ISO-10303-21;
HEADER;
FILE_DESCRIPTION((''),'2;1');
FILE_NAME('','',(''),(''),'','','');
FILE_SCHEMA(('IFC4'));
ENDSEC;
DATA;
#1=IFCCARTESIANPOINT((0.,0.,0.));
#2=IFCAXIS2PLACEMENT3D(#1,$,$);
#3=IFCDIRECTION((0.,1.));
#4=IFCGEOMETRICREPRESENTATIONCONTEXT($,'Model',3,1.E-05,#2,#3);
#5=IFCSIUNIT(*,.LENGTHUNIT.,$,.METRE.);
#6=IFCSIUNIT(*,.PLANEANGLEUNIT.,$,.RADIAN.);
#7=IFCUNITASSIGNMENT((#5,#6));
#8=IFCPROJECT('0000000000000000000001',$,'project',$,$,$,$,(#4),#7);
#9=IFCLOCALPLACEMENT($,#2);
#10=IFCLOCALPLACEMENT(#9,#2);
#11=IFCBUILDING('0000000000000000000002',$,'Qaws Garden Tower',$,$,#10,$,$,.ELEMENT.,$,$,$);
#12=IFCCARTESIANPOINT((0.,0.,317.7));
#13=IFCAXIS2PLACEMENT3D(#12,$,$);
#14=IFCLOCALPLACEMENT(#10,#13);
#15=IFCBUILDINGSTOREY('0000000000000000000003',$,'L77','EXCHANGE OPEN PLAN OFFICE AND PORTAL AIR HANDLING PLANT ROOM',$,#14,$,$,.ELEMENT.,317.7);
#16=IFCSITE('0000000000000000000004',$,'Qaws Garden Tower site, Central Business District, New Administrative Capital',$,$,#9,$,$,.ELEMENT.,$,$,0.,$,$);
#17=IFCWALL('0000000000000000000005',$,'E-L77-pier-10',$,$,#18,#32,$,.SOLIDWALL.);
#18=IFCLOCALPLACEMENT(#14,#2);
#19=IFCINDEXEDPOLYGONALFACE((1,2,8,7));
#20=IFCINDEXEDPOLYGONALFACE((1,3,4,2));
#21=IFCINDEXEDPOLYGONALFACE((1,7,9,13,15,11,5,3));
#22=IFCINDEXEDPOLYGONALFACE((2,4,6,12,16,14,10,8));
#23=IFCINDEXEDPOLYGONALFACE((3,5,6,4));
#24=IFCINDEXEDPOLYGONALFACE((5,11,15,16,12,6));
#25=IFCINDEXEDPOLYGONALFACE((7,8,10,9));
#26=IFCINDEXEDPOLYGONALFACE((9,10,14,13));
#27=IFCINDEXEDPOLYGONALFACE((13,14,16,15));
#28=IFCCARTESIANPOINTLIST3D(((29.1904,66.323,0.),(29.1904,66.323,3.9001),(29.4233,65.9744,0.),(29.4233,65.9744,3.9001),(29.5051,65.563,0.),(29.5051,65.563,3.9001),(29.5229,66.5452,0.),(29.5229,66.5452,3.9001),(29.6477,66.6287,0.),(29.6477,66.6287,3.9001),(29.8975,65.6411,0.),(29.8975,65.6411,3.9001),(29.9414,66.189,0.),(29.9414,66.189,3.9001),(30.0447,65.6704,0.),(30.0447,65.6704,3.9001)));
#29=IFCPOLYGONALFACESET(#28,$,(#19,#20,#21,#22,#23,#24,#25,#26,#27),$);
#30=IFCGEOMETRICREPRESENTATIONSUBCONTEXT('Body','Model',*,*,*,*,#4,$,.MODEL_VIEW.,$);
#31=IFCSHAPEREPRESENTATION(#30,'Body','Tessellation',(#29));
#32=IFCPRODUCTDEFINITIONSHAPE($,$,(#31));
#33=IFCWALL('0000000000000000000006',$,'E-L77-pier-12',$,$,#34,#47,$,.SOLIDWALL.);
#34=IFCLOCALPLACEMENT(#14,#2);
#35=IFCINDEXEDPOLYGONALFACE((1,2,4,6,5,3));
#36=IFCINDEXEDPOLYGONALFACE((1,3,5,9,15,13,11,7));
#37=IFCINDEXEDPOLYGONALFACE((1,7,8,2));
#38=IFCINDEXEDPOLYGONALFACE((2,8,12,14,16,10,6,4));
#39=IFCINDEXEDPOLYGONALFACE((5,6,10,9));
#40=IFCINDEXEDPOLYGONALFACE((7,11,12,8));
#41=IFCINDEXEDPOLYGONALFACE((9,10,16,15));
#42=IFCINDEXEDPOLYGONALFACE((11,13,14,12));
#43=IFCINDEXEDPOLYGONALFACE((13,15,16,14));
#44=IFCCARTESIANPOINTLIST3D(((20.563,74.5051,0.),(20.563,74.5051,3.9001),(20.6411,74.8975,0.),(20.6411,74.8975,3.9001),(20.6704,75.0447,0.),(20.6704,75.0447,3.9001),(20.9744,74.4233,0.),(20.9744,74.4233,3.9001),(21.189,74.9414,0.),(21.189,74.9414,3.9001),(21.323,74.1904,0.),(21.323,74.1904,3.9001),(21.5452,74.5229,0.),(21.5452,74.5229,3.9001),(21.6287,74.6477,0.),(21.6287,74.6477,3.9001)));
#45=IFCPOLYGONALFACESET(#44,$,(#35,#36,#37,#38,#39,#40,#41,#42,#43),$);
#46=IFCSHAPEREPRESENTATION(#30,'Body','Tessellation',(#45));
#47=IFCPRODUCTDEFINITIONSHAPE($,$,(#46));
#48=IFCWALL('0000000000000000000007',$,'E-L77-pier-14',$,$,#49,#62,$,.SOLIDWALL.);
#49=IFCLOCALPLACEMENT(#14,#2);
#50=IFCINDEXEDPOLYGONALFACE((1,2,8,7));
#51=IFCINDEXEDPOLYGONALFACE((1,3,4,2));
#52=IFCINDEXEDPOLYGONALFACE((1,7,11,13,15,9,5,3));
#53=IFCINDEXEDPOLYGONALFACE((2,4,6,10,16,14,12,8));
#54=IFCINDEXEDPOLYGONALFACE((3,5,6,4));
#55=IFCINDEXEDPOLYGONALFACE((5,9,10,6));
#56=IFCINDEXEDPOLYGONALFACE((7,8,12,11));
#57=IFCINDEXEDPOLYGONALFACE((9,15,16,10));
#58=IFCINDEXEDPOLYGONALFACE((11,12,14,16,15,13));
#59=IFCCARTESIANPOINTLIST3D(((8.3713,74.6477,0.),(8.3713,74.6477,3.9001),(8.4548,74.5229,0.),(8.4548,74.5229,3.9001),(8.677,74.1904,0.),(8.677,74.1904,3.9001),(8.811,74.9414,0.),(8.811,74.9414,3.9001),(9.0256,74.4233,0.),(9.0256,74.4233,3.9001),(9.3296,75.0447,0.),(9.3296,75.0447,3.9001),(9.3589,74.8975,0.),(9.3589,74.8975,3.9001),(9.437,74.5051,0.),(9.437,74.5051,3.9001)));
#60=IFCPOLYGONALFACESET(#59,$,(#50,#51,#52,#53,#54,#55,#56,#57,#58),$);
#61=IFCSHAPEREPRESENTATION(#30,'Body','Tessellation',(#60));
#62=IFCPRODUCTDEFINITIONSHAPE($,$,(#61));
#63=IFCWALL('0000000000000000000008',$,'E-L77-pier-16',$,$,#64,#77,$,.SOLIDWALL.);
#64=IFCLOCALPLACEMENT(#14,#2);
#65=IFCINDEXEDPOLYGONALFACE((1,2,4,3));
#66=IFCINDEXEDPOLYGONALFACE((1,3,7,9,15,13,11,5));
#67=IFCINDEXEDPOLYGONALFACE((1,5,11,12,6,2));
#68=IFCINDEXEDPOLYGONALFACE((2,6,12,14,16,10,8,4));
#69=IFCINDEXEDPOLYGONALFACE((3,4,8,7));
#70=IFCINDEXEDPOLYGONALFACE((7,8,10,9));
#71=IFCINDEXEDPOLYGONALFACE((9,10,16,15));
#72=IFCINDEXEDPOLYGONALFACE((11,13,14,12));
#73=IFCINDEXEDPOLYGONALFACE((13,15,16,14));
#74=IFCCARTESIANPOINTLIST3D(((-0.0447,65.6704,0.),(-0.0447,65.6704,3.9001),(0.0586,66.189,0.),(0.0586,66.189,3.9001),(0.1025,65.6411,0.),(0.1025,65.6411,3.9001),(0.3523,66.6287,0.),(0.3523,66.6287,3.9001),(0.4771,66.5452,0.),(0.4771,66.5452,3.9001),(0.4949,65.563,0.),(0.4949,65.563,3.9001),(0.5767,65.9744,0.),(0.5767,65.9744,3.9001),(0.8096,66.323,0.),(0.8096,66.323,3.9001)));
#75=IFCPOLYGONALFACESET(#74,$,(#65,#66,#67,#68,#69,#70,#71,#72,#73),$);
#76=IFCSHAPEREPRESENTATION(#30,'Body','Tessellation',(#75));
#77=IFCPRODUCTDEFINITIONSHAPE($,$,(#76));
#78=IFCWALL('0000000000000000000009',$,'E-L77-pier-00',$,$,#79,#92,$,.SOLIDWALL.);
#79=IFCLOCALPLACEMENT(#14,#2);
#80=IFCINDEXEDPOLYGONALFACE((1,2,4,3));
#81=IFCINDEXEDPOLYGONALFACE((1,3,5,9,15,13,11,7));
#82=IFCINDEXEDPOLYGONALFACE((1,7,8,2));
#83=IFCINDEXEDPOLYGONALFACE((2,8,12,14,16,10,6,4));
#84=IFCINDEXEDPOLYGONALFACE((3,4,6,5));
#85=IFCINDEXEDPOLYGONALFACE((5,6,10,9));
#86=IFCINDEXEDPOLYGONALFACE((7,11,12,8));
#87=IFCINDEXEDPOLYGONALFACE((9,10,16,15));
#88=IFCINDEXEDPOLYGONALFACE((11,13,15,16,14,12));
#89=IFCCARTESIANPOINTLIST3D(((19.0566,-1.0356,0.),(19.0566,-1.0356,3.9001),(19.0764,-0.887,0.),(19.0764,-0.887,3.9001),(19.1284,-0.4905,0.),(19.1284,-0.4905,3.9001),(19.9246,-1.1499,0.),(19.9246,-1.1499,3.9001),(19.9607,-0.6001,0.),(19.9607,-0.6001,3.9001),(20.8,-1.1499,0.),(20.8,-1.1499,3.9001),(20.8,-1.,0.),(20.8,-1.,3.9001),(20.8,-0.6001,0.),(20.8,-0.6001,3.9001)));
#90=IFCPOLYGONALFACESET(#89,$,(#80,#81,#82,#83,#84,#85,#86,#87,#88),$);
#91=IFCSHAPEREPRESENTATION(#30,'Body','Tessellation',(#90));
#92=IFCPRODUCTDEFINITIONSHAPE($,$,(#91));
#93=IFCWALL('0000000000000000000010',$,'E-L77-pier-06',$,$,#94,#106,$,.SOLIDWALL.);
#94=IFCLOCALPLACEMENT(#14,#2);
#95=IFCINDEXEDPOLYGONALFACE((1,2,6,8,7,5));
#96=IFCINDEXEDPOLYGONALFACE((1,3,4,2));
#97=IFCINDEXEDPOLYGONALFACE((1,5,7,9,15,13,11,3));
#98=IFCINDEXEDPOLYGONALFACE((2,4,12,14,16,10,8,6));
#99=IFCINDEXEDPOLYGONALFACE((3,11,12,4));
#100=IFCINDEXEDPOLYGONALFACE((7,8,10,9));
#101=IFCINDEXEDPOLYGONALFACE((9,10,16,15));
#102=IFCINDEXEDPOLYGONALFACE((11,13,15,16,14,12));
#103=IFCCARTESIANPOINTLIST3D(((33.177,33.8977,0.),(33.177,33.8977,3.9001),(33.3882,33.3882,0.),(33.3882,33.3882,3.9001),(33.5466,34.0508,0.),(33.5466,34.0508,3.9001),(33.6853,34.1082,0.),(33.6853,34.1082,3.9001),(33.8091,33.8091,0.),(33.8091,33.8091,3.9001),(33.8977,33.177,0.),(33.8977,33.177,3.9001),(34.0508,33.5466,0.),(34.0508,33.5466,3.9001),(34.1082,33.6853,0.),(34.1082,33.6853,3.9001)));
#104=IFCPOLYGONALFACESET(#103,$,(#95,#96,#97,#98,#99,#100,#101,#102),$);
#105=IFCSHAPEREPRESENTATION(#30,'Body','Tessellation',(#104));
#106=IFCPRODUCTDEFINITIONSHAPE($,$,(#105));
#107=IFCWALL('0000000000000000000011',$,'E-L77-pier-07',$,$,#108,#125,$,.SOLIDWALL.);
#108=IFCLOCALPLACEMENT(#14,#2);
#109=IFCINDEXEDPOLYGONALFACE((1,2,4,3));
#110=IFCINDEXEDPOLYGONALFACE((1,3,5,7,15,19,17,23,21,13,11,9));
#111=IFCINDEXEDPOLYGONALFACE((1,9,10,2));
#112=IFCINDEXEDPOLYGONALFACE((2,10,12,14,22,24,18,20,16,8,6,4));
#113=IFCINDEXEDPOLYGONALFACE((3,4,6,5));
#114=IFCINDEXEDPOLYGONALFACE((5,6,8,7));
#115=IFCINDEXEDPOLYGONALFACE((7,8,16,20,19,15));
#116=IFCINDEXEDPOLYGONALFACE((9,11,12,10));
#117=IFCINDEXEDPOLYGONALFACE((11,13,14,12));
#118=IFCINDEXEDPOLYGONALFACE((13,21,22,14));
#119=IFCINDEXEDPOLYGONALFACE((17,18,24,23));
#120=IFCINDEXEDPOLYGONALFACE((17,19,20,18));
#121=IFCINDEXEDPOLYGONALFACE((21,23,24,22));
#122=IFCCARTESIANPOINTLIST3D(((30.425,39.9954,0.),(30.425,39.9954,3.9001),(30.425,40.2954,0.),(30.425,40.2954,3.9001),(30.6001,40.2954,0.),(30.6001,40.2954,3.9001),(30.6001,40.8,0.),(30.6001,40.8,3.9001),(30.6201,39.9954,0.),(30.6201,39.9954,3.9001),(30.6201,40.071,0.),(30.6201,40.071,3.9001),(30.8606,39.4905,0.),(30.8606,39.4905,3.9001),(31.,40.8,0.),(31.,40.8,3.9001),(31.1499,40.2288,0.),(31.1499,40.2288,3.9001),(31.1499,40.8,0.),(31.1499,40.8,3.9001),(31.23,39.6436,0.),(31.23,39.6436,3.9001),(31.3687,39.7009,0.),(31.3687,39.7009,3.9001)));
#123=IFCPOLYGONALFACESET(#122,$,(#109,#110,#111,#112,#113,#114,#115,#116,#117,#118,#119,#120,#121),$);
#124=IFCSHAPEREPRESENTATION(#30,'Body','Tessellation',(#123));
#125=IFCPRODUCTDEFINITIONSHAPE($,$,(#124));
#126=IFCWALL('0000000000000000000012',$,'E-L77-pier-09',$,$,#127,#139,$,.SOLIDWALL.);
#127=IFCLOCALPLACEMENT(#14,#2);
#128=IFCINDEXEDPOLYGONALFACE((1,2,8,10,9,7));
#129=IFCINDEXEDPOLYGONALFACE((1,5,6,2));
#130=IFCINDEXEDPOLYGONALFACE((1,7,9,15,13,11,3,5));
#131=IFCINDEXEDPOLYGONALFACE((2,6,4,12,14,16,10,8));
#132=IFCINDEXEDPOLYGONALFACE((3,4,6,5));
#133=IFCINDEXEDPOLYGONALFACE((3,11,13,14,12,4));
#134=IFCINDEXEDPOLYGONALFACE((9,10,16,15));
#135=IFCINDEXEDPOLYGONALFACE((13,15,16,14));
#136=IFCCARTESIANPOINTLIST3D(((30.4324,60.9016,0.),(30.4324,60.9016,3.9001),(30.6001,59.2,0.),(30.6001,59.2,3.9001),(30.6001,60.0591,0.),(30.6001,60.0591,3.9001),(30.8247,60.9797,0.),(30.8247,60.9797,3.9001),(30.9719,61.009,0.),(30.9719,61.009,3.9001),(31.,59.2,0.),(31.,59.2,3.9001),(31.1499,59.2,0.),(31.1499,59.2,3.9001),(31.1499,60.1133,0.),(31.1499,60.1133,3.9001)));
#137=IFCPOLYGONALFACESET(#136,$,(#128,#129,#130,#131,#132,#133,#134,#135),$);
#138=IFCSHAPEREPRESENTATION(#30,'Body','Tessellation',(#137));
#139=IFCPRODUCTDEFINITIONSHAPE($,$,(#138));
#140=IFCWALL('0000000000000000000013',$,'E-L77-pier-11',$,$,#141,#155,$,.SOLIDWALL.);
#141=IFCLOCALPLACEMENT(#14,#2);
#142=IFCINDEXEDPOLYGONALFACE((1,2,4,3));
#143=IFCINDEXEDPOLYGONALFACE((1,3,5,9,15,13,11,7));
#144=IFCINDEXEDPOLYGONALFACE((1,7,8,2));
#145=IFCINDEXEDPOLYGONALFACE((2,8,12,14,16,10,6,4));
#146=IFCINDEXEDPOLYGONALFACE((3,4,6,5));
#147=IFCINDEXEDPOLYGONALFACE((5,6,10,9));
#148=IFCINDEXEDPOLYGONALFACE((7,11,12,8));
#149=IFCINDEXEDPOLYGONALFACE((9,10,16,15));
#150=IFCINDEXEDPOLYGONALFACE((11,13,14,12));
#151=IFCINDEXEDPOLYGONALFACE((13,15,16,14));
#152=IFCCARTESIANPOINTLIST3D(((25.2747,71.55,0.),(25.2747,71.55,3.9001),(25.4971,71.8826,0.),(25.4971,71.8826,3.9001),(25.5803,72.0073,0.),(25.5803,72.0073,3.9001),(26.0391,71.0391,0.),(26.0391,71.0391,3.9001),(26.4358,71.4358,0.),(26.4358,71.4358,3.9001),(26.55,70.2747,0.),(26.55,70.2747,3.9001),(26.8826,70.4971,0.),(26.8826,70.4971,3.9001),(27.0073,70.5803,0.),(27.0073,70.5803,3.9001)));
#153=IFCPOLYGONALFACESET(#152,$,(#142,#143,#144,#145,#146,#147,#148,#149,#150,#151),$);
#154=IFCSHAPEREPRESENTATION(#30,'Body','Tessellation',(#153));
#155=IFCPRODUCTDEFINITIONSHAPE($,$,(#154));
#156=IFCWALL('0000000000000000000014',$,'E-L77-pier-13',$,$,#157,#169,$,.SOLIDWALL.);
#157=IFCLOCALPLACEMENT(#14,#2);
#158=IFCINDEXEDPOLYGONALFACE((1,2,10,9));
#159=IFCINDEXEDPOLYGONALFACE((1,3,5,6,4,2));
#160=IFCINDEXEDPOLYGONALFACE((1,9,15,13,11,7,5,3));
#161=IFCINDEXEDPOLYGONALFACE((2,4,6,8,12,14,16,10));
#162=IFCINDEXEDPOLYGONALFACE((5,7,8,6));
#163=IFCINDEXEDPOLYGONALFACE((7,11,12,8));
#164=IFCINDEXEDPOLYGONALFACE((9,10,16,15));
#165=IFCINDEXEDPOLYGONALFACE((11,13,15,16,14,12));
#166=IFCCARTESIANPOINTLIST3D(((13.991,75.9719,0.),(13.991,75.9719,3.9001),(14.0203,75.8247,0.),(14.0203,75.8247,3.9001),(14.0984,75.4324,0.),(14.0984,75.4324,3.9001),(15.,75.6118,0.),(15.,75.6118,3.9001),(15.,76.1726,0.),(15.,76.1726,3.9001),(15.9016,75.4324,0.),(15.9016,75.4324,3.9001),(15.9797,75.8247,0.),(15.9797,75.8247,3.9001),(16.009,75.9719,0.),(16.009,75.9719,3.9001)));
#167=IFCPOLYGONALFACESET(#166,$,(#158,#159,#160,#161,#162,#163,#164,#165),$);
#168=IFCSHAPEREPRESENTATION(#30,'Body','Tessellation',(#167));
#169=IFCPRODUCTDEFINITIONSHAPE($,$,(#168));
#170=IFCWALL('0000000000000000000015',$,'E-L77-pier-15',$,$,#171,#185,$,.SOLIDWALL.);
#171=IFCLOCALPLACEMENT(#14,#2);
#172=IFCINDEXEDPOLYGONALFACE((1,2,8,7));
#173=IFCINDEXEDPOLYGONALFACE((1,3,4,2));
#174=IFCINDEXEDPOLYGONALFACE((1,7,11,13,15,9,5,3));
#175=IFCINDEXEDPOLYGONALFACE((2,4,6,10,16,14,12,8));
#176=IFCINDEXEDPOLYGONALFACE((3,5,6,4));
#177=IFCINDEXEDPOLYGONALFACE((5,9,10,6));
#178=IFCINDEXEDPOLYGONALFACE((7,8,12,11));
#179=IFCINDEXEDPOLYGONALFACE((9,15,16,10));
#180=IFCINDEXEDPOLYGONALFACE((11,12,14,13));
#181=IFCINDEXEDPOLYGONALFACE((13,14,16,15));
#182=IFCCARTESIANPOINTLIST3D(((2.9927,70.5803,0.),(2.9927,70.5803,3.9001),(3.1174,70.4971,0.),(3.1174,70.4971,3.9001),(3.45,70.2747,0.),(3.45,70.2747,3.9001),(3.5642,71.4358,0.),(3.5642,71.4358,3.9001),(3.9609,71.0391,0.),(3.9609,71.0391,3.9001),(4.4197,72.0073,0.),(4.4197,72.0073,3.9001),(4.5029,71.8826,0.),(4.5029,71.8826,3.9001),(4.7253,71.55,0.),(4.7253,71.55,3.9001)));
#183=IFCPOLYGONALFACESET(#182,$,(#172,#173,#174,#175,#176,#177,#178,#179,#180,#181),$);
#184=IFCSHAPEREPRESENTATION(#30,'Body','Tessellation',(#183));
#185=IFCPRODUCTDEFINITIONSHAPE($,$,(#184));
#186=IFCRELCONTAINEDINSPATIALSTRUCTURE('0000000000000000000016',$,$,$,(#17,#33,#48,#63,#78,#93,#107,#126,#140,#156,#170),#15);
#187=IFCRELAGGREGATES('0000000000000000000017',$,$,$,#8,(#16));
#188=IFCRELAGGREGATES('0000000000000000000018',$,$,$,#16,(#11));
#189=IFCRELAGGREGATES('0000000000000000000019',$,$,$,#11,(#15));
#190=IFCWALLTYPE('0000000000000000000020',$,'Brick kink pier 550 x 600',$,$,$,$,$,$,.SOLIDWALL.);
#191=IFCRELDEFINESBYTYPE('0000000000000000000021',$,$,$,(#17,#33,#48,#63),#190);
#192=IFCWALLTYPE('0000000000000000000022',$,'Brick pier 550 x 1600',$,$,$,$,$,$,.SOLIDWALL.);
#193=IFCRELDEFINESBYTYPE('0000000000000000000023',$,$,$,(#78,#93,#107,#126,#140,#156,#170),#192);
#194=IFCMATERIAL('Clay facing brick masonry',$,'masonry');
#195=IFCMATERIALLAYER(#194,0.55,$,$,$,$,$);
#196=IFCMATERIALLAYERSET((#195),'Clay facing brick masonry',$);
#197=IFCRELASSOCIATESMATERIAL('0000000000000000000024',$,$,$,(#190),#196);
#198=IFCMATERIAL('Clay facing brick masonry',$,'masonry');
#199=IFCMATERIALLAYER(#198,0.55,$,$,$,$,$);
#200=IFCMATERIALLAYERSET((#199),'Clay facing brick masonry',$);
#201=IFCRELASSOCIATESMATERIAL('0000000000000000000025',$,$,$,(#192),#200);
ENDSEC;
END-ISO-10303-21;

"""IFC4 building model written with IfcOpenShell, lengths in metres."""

from ifc_helpers import new_model, si_unit, direction, frame, origin, place, context, subcontext, project, spatial, polyline, outline, extrude, material, layer, layer_set, type_object, element, save


model = new_model("IFC4")

# Units and contexts
model_context = context("Model", 3, precision=1e-05, world=origin(), true_north=direction((0.0, 1.0)))
body_context = subcontext(model_context, "Body", "Model", "MODEL_VIEW")
ifc_project = project(units=[si_unit("LENGTHUNIT", "METRE"), si_unit("PLANEANGLEUNIT", "RADIAN")], contexts=[model_context])

# Site, building, storey
site_placement = place(None, origin())
site = spatial("IfcSite", under=ifc_project, at=site_placement, Name="Qaws Garden Tower site, Central Business District, New Administrative Capital", CompositionType="ELEMENT", RefElevation=0.0)
building_placement = place(site_placement, origin())
building = spatial("IfcBuilding", under=site, at=building_placement, Name="Qaws Garden Tower", CompositionType="ELEMENT")
storey_placement = place(building_placement, frame((0.0, 0.0, 317.7)))
storey = spatial("IfcBuildingStorey", under=building, at=storey_placement, Name="L77", Description="EXCHANGE OPEN PLAN OFFICE AND PORTAL AIR HANDLING PLANT ROOM", CompositionType="ELEMENT", Elevation=317.7)

# Walls
placement_1 = place(storey_placement, origin())
ifc_material_1 = material(Name="Clay facing brick masonry", Category="masonry")
ifc_layer_1 = layer(ifc_material_1, 0.55)
ifc_layer_set_1 = layer_set([ifc_layer_1], Name="Clay facing brick masonry")
wall_type_1 = type_object("IfcWallType", Name="Brick kink pier 550 x 600", PredefinedType="SOLIDWALL", material=ifc_layer_set_1)
element("IfcWall", 1, at=placement_1, inside=storey, type_object=wall_type_1, Name="E-L77-pier-10", PredefinedType="SOLIDWALL", context=body_context, shape_type="SweptSolid", body=[
    extrude(outline(polyline([(29.8975, 65.6411), (30.0447, 65.6704), (29.9414, 66.189), (29.6477, 66.6287), (29.5229, 66.5452), (29.1904, 66.323), (29.4233, 65.9744), (29.5051, 65.563), (29.8975, 65.6411)])), origin(), (0.0, 0.0, 1.0), 3.9001),
])
element("IfcWall", 2, at=placement_1, inside=storey, type_object=wall_type_1, Name="E-L77-pier-12", PredefinedType="SOLIDWALL", context=body_context, shape_type="SweptSolid", body=[
    extrude(outline(polyline([(21.5452, 74.5229), (21.6287, 74.6477), (21.189, 74.9414), (20.6704, 75.0447), (20.6411, 74.8975), (20.563, 74.5051), (20.9744, 74.4233), (21.323, 74.1904), (21.5452, 74.5229)])), origin(), (0.0, 0.0, 1.0), 3.9001),
])
element("IfcWall", 3, at=placement_1, inside=storey, type_object=wall_type_1, Name="E-L77-pier-14", PredefinedType="SOLIDWALL", context=body_context, shape_type="SweptSolid", body=[
    extrude(outline(polyline([(9.3589, 74.8975), (9.3296, 75.0447), (8.811, 74.9414), (8.3713, 74.6477), (8.4548, 74.5229), (8.677, 74.1904), (9.0256, 74.4233), (9.437, 74.5051), (9.3589, 74.8975)])), origin(), (0.0, 0.0, 1.0), 3.9001),
])
element("IfcWall", 4, at=placement_1, inside=storey, type_object=wall_type_1, Name="E-L77-pier-16", PredefinedType="SOLIDWALL", context=body_context, shape_type="SweptSolid", body=[
    extrude(outline(polyline([(0.4771, 66.5452), (0.3523, 66.6287), (0.0586, 66.189), (-0.0447, 65.6704), (0.1025, 65.6411), (0.4949, 65.563), (0.5767, 65.9744), (0.8096, 66.323), (0.4771, 66.5452)])), origin(), (0.0, 0.0, 1.0), 3.9001),
])
ifc_material_2 = material(Name="Clay facing brick masonry", Category="masonry")
ifc_layer_2 = layer(ifc_material_2, 0.55)
ifc_layer_set_2 = layer_set([ifc_layer_2], Name="Clay facing brick masonry")
wall_type_2 = type_object("IfcWallType", Name="Brick pier 550 x 1600", PredefinedType="SOLIDWALL", material=ifc_layer_set_2)
element("IfcWall", 5, at=placement_1, inside=storey, type_object=wall_type_2, Name="E-L77-pier-00", PredefinedType="SOLIDWALL", context=body_context, shape_type="SweptSolid", body=[
    extrude(outline(polyline([(19.0764, -0.887), (19.0566, -1.0356), (19.9246, -1.1499), (20.8, -1.1499), (20.8, -1.0), (20.8, -0.6001), (19.9607, -0.6001), (19.1284, -0.4905), (19.0764, -0.887)])), origin(), (0.0, 0.0, 1.0), 3.9001),
])
element("IfcWall", 6, at=placement_1, inside=storey, type_object=wall_type_2, Name="E-L77-pier-06", PredefinedType="SOLIDWALL", context=body_context, shape_type="SweptSolid", body=[
    extrude(outline(polyline([(34.0508, 33.5466), (34.1082, 33.6853), (33.8091, 33.8091), (33.6853, 34.1082), (33.5466, 34.0508), (33.177, 33.8977), (33.3882, 33.3882), (33.8977, 33.177), (34.0508, 33.5466)])), origin(), (0.0, 0.0, 1.0), 3.9001),
])
element("IfcWall", 7, at=placement_1, inside=storey, type_object=wall_type_2, Name="E-L77-pier-07", PredefinedType="SOLIDWALL", context=body_context, shape_type="SweptSolid", body=[
    extrude(outline(polyline([(30.6201, 39.9954), (30.6201, 40.071), (30.8606, 39.4905), (31.23, 39.6436), (31.3687, 39.7009), (31.1499, 40.2288), (31.1499, 40.8), (31.0, 40.8), (30.6001, 40.8), (30.6001, 40.2954), (30.425, 40.2954), (30.425, 39.9954), (30.6201, 39.9954)])), origin(), (0.0, 0.0, 1.0), 3.9001),
])
element("IfcWall", 8, at=placement_1, inside=storey, type_object=wall_type_2, Name="E-L77-pier-09", PredefinedType="SOLIDWALL", context=body_context, shape_type="SweptSolid", body=[
    extrude(outline(polyline([(31.0, 59.2), (31.1499, 59.2), (31.1499, 60.1133), (30.9719, 61.009), (30.8247, 60.9797), (30.4324, 60.9016), (30.6001, 60.0591), (30.6001, 59.2), (31.0, 59.2)])), origin(), (0.0, 0.0, 1.0), 3.9001),
])
element("IfcWall", 9, at=placement_1, inside=storey, type_object=wall_type_2, Name="E-L77-pier-11", PredefinedType="SOLIDWALL", context=body_context, shape_type="SweptSolid", body=[
    extrude(outline(polyline([(26.8826, 70.4971), (27.0073, 70.5803), (26.4358, 71.4358), (25.5803, 72.0073), (25.4971, 71.8826), (25.2747, 71.55), (26.0391, 71.0391), (26.55, 70.2747), (26.8826, 70.4971)])), origin(), (0.0, 0.0, 1.0), 3.9001),
])
element("IfcWall", 10, at=placement_1, inside=storey, type_object=wall_type_2, Name="E-L77-pier-13", PredefinedType="SOLIDWALL", context=body_context, shape_type="SweptSolid", body=[
    extrude(outline(polyline([(15.9797, 75.8247), (16.009, 75.9719), (15.0, 76.1726), (13.991, 75.9719), (14.0203, 75.8247), (14.0984, 75.4324), (15.0, 75.6118), (15.9016, 75.4324), (15.9797, 75.8247)])), origin(), (0.0, 0.0, 1.0), 3.9001),
])
element("IfcWall", 11, at=placement_1, inside=storey, type_object=wall_type_2, Name="E-L77-pier-15", PredefinedType="SOLIDWALL", context=body_context, shape_type="SweptSolid", body=[
    extrude(outline(polyline([(4.5029, 71.8826), (4.4197, 72.0073), (3.5642, 71.4358), (2.9927, 70.5803), (3.1174, 70.4971), (3.45, 70.2747), (3.9609, 71.0391), (4.7253, 71.55), (4.5029, 71.8826)])), origin(), (0.0, 0.0, 1.0), 3.9001),
])

save(model, "model.ifc")
